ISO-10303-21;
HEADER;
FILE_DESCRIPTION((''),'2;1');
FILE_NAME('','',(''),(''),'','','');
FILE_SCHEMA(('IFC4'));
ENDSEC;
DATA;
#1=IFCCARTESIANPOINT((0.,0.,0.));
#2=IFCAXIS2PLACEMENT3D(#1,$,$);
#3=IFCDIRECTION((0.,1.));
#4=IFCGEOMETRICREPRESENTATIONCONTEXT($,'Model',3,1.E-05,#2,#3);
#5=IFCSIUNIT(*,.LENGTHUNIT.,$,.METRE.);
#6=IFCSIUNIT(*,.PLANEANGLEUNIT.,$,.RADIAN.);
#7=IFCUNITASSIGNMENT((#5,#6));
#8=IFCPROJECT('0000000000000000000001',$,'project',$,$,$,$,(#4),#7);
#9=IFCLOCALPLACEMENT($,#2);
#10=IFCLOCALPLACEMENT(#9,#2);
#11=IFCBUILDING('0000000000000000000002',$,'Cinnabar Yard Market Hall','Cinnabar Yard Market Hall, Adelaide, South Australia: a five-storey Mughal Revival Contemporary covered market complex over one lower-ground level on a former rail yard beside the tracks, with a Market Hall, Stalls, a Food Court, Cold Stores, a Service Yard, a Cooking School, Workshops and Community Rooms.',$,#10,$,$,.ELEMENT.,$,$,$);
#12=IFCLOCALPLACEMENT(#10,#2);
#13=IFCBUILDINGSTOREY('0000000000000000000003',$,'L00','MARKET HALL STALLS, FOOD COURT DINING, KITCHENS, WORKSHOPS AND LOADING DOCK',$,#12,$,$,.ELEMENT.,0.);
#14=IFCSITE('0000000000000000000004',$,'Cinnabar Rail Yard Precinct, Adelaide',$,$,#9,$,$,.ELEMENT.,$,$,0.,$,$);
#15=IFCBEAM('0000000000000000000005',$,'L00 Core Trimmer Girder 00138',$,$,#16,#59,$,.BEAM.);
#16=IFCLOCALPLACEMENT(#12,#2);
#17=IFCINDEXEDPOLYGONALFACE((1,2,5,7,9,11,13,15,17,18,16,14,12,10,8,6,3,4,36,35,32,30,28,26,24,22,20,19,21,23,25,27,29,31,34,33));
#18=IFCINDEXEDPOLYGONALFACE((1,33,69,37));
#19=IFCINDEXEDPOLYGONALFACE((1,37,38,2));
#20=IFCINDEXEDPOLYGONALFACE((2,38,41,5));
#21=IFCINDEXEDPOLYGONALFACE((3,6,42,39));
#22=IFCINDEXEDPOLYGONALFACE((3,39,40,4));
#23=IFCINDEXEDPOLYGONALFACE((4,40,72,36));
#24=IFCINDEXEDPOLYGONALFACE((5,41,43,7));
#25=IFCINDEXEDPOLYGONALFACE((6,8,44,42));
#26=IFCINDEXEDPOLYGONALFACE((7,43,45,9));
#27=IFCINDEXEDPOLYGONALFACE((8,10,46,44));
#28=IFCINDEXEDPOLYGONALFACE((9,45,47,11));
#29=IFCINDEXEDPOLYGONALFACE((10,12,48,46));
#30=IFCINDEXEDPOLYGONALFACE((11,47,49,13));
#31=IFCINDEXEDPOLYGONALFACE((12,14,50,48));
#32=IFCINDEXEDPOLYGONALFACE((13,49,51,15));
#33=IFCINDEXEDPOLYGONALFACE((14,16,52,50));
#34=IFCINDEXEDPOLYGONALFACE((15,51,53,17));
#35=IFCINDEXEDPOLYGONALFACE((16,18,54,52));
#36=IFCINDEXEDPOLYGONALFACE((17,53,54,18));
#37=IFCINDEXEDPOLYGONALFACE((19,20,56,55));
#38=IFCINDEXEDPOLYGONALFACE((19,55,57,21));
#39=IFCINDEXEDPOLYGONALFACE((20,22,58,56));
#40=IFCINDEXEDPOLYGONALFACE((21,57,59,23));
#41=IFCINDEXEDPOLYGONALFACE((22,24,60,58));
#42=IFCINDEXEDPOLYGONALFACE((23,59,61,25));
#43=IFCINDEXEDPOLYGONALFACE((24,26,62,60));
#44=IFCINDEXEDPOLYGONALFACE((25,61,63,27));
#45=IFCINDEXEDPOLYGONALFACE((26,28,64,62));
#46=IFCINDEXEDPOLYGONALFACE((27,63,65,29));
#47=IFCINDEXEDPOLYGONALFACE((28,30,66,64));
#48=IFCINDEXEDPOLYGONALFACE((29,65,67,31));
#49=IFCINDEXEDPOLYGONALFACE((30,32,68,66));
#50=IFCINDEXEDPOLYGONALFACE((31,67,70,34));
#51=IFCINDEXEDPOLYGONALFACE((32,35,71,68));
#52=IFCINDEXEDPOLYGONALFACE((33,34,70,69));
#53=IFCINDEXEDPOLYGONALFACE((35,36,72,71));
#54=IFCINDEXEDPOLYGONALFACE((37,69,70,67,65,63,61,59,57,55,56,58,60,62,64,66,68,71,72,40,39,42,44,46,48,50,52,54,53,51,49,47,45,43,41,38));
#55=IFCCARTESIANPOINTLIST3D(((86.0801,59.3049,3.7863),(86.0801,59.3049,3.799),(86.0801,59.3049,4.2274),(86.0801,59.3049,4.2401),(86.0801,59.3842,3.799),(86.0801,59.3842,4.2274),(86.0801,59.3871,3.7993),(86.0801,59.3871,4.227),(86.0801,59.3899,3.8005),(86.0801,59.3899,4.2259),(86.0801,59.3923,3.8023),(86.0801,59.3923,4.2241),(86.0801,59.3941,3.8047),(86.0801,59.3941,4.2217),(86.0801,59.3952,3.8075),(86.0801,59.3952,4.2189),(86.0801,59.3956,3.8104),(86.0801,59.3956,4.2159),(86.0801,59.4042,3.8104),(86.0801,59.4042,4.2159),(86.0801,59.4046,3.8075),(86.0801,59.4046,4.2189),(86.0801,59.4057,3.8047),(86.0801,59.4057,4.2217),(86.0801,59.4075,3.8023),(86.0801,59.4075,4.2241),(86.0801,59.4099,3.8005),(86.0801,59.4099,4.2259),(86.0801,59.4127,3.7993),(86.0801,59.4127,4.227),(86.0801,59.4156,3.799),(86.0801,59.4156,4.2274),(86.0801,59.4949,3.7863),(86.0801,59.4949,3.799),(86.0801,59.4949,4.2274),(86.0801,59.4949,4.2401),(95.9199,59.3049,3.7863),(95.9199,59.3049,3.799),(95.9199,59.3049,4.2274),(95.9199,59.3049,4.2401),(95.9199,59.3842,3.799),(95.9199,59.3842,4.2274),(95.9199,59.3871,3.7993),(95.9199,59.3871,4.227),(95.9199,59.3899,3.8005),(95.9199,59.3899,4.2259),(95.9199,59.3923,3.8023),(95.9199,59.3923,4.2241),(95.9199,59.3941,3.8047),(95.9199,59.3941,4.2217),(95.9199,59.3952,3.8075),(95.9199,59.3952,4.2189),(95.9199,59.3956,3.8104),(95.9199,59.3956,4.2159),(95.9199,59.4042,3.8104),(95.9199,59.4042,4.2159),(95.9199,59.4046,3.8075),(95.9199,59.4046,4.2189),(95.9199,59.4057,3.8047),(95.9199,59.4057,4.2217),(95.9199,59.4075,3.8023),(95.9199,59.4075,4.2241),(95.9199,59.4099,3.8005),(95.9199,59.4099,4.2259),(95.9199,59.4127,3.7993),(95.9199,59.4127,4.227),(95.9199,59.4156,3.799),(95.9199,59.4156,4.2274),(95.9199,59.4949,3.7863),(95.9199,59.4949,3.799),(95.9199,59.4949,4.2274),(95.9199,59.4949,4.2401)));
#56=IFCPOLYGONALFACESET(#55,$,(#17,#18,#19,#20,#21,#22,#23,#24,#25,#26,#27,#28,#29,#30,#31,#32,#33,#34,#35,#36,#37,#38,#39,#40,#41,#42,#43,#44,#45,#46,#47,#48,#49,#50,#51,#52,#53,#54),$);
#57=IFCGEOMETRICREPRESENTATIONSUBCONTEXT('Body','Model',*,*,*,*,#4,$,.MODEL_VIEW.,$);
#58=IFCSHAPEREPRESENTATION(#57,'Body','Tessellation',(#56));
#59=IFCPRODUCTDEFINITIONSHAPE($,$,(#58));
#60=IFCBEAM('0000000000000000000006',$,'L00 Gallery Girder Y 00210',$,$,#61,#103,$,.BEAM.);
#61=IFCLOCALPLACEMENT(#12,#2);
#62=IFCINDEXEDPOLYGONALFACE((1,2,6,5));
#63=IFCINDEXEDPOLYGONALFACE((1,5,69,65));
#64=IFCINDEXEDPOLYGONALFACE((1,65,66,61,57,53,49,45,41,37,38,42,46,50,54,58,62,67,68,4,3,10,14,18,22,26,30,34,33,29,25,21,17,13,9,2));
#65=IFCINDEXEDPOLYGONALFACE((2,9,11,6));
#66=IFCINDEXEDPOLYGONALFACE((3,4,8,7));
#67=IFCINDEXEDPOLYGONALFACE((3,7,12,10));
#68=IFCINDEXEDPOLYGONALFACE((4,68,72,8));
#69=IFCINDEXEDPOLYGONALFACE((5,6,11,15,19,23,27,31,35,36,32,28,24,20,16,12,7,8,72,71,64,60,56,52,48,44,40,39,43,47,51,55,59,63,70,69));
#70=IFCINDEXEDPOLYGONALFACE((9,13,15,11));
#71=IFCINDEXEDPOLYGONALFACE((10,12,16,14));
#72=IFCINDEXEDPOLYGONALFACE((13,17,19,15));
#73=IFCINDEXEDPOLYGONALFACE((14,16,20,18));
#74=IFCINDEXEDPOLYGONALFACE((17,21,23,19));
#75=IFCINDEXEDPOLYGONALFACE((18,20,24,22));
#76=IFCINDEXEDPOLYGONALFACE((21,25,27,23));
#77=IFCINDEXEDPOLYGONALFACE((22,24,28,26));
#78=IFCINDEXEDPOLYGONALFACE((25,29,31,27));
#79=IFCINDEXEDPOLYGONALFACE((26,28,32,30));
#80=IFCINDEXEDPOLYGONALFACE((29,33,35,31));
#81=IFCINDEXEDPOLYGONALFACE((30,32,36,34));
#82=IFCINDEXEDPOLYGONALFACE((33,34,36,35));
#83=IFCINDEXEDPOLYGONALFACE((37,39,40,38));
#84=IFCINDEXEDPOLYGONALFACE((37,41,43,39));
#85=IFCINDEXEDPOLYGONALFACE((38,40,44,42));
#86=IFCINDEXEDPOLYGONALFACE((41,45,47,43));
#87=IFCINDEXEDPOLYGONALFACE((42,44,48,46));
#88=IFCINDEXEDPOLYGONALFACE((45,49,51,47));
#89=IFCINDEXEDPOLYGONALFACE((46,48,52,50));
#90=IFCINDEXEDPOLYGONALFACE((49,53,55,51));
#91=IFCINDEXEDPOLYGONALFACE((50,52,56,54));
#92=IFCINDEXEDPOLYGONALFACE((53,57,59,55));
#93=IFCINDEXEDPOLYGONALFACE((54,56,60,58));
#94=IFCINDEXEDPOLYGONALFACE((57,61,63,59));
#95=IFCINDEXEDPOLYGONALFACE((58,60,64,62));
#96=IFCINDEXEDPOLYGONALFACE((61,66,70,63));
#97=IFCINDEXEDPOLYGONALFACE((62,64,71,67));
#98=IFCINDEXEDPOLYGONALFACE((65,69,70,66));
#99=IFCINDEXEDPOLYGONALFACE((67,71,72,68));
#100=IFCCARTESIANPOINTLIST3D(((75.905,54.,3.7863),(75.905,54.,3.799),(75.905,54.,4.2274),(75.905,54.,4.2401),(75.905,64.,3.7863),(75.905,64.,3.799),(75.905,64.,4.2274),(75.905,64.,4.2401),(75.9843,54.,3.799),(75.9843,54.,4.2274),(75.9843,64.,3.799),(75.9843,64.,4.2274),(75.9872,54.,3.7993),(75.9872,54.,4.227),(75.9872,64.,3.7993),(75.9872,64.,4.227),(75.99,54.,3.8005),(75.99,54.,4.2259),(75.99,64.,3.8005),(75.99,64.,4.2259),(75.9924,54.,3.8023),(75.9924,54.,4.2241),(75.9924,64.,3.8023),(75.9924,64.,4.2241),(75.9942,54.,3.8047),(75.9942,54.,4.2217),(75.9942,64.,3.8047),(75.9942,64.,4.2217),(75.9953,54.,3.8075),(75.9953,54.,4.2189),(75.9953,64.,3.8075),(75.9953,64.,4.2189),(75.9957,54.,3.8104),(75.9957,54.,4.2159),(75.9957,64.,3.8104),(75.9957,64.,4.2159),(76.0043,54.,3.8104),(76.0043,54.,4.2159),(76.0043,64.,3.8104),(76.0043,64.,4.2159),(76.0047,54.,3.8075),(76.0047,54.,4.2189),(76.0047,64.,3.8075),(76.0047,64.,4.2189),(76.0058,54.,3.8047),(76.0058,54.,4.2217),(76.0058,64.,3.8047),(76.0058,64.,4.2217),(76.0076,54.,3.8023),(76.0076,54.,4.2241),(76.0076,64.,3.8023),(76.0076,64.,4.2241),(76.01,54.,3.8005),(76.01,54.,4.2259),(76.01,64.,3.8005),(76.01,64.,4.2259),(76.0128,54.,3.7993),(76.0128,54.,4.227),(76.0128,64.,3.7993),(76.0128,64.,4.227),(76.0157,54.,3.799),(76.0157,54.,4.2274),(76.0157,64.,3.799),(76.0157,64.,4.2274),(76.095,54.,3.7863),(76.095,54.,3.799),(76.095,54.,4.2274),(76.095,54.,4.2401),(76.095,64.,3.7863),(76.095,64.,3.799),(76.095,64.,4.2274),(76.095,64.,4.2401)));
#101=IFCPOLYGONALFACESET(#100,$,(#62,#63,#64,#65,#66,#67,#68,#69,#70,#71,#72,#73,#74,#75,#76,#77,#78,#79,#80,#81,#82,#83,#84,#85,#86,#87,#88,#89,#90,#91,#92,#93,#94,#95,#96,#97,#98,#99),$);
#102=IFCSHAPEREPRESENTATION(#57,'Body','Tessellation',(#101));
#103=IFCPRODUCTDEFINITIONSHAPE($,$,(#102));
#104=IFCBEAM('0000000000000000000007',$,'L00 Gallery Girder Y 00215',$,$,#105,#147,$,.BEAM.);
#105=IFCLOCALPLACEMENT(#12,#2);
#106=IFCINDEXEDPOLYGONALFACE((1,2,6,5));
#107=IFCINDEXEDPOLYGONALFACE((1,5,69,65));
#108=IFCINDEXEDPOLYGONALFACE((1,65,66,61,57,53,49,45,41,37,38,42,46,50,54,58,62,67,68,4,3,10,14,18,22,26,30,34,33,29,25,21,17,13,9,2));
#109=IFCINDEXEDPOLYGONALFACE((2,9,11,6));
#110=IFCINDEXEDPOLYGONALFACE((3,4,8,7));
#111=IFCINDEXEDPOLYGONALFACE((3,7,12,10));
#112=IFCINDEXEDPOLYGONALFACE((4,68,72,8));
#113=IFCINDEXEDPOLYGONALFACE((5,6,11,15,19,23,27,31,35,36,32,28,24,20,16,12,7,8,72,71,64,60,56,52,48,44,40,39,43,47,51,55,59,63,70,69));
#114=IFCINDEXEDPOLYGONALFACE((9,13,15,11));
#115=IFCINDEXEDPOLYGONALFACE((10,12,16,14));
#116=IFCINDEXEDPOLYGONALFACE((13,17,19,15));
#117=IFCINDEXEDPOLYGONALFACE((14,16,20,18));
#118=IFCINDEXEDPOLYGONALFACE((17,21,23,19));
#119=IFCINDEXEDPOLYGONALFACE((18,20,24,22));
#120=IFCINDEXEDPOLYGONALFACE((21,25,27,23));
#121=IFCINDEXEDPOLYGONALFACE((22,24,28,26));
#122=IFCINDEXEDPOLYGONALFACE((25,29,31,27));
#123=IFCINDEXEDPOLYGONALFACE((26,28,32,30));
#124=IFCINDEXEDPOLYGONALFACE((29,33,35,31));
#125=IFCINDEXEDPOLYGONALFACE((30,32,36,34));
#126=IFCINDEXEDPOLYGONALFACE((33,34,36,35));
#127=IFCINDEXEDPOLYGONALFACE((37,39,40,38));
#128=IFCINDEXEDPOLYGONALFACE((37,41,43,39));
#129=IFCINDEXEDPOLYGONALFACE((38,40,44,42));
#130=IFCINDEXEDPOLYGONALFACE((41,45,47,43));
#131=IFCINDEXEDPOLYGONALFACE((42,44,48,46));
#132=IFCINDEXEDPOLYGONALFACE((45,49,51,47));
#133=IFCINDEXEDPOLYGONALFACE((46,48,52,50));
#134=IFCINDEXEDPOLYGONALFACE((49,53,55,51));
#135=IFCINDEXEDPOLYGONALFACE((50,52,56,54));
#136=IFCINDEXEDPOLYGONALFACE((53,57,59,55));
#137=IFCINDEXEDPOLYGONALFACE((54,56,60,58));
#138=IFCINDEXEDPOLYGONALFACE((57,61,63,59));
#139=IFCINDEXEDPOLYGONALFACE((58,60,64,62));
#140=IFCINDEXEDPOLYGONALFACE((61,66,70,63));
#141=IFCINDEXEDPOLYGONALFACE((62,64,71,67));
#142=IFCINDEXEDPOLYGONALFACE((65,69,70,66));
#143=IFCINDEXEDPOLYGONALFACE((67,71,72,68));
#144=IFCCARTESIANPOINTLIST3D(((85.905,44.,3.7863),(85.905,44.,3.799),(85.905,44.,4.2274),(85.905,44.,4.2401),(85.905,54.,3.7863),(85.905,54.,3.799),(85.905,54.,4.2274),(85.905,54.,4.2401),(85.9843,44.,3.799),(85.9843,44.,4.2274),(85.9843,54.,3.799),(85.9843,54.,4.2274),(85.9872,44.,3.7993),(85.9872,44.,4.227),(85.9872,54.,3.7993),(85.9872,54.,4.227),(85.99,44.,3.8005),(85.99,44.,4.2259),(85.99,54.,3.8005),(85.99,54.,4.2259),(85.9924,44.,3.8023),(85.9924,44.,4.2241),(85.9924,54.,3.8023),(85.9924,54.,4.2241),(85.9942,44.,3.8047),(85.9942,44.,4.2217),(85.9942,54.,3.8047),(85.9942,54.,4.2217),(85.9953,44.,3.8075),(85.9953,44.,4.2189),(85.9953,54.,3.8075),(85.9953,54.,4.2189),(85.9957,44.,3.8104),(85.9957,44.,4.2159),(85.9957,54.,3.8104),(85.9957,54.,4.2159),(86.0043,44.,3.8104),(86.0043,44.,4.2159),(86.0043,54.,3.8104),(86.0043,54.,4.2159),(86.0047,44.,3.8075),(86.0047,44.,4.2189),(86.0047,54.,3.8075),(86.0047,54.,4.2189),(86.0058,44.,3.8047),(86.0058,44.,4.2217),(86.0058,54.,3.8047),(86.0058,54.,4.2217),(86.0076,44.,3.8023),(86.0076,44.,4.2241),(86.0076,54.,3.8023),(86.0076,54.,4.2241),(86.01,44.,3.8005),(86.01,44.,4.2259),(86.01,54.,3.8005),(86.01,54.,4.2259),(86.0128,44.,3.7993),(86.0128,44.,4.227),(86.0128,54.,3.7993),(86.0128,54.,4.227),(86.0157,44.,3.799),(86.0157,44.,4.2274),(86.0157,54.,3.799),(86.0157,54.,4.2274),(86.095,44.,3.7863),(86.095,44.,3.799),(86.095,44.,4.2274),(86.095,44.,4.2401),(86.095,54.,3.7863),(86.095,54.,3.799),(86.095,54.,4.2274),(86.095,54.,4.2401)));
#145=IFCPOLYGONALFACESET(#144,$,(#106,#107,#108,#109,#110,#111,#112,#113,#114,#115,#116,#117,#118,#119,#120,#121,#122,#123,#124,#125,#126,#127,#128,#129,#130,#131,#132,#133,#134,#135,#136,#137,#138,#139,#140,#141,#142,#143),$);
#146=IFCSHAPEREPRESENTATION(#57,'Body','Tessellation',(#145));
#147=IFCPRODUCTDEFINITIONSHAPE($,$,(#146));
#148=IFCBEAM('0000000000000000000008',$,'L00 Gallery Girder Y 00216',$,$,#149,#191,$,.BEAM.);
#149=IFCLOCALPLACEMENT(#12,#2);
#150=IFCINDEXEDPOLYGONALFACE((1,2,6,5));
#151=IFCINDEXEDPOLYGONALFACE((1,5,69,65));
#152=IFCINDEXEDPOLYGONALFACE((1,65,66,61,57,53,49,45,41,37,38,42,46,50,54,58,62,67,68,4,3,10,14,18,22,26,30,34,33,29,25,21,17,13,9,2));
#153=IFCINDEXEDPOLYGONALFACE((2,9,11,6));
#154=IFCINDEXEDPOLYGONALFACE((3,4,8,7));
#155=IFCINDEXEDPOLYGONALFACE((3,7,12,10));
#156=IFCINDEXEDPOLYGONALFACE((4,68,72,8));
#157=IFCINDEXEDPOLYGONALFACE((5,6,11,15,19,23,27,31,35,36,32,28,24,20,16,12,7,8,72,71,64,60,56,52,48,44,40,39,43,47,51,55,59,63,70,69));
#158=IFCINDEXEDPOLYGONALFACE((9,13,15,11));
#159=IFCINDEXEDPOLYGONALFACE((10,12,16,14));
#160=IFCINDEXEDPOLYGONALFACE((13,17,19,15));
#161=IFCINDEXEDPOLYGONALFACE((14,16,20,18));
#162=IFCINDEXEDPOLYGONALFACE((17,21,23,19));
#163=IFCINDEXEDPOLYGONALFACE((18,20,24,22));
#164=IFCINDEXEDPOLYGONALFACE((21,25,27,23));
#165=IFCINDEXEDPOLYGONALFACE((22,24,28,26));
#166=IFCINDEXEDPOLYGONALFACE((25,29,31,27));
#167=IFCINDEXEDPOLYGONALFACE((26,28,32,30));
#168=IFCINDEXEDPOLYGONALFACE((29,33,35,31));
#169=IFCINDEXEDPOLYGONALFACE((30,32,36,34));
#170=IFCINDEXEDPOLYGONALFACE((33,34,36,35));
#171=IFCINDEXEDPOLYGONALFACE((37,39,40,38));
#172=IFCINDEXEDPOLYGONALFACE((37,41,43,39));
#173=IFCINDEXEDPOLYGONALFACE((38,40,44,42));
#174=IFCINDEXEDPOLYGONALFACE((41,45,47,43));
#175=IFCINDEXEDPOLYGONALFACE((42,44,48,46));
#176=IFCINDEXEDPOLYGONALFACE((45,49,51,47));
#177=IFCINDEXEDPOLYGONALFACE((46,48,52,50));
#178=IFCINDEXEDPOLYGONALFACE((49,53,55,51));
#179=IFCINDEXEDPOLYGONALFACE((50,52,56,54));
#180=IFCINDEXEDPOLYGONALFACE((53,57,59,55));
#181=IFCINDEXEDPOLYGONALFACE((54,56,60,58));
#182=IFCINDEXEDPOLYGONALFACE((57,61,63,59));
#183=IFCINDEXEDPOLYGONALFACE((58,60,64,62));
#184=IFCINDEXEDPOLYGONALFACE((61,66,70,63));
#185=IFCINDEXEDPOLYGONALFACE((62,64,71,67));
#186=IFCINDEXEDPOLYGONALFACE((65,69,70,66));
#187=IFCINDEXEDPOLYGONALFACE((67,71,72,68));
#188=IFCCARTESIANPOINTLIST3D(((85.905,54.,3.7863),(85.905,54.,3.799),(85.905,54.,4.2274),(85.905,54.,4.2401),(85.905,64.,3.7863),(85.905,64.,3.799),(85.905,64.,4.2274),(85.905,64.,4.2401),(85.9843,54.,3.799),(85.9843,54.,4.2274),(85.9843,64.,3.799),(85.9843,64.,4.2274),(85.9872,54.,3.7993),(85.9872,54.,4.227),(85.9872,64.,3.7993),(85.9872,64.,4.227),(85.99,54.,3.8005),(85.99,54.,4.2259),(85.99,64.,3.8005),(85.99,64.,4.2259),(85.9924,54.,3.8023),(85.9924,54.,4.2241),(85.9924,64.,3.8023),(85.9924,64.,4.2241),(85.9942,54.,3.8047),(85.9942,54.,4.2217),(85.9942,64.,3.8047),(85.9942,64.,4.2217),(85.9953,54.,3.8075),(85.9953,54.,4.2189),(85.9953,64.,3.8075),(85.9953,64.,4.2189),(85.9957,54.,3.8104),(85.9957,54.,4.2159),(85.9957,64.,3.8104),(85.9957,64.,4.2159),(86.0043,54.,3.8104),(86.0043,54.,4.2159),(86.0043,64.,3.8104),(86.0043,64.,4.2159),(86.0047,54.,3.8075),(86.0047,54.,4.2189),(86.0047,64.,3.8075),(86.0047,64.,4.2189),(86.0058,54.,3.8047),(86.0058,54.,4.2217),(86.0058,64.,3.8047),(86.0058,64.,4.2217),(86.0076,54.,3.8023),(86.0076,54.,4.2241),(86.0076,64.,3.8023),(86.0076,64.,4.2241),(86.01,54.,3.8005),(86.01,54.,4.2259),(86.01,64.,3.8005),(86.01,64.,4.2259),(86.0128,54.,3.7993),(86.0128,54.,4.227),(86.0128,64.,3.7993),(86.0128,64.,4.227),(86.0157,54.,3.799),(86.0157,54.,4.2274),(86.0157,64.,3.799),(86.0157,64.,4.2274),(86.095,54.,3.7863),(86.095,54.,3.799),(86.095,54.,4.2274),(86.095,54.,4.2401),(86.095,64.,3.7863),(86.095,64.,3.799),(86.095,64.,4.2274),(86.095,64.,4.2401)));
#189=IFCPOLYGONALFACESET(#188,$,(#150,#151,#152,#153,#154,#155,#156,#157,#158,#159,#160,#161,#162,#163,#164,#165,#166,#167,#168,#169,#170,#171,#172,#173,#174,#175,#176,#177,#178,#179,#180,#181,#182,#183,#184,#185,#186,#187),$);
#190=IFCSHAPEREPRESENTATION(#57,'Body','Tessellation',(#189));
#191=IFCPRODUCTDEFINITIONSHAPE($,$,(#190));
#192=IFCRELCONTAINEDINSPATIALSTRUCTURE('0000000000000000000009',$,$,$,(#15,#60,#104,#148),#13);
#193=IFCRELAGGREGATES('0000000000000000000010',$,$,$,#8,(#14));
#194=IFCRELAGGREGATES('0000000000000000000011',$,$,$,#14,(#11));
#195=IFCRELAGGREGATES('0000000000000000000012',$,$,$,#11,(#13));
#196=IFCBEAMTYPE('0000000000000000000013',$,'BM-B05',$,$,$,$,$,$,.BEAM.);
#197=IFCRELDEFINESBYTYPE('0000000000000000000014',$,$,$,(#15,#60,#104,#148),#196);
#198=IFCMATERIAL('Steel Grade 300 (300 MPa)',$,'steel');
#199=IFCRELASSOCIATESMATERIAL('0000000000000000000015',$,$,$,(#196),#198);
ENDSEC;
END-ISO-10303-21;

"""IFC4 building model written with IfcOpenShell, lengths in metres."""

from ifc_helpers import new_model, si_unit, direction, frame, origin, origin_2d_with_axis, place, context, subcontext, project, spatial, i_section, extrude, material, material_profile, profile_set, type_object, element, save


model = new_model("IFC4")

# Units and contexts
model_context = context("Model", 3, precision=1e-05, world=origin(), true_north=direction((0.0, 1.0)))
body_context = subcontext(model_context, "Body", "Model", "MODEL_VIEW")
ifc_project = project(units=[si_unit("LENGTHUNIT", "METRE"), si_unit("PLANEANGLEUNIT", "RADIAN")], contexts=[model_context])

# Site, building, storey
site_placement = place(None, origin())
site = spatial("IfcSite", under=ifc_project, at=site_placement, Name="Cinnabar Rail Yard Precinct, Adelaide", CompositionType="ELEMENT", RefElevation=0.0)
building_placement = place(site_placement, origin())
building = spatial("IfcBuilding", under=site, at=building_placement, Name="Cinnabar Yard Market Hall", Description="Cinnabar Yard Market Hall, Adelaide, South Australia: a five-storey Mughal Revival Contemporary covered market complex over one lower-ground level on a former rail yard beside the tracks, with a Market Hall, Stalls, a Food Court, Cold Stores, a Service Yard, a Cooking School, Workshops and Community Rooms.", CompositionType="ELEMENT")
storey_placement = place(building_placement, origin())
storey = spatial("IfcBuildingStorey", under=building, at=storey_placement, Name="L00", Description="MARKET HALL STALLS, FOOD COURT DINING, KITCHENS, WORKSHOPS AND LOADING DOCK", CompositionType="ELEMENT", Elevation=0.0)

# Beams
ifc_material_1 = material(Name="Steel Grade 300 (300 MPa)", Category="steel")
ifc_material_profile_1 = material_profile(ifc_material_1, i_section(OverallWidth=0.1899, OverallDepth=0.4539, WebThickness=0.0085, FlangeThickness=0.0127, FilletRadius=0.0115, at=origin_2d_with_axis()), Name="460UB67.1")
ifc_profile_set_1 = profile_set([ifc_material_profile_1], Name="Steel Grade 300 (300 MPa)")
beam_type_1 = type_object("IfcBeamType", Name="BM-B05", PredefinedType="BEAM", material=ifc_profile_set_1)
beam_1_placement = place(storey_placement, frame((86.0801, 59.3999, 4.0132), z_axis=(1.0, 0.0, 0.0), x_axis=(0.0, 1.0, 0.0)))
element("IfcBeam", 1, at=beam_1_placement, inside=storey, type_object=beam_type_1, Name="L00 Core Trimmer Girder 00138", PredefinedType="BEAM", context=body_context, shape_type="SweptSolid", body=[
    extrude(i_section(OverallWidth=0.1899, OverallDepth=0.4539, WebThickness=0.0085, FlangeThickness=0.0127, FilletRadius=0.0115, at=origin_2d_with_axis()), origin(), (0.0, 0.0, 1.0), 9.8398),
])
for number, where, z_axis, x_axis, name in (
    (2, (76.0, 54.0, 4.0132), (0.0, 1.0, 0.0), (-1.0, 0.0, 0.0), "L00 Gallery Girder Y 00210"),
    (3, (86.0, 44.0, 4.0132), (0.0, 1.0, 0.0), (-1.0, 0.0, 0.0), "L00 Gallery Girder Y 00215"),
    (4, (86.0, 54.0, 4.0132), (0.0, 1.0, 0.0), (-1.0, 0.0, 0.0), "L00 Gallery Girder Y 00216"),
):
    element("IfcBeam", number, at=place(storey_placement, frame(where, z_axis=z_axis, x_axis=x_axis)), inside=storey, type_object=beam_type_1, Name=name, PredefinedType="BEAM", context=body_context, shape_type="SweptSolid", body=[
        extrude(i_section(OverallWidth=0.1899, OverallDepth=0.4539, WebThickness=0.0085, FlangeThickness=0.0127, FilletRadius=0.0115, at=origin_2d_with_axis()), origin(), (0.0, 0.0, 1.0), 10.0),
    ])

save(model, "model.ifc")
